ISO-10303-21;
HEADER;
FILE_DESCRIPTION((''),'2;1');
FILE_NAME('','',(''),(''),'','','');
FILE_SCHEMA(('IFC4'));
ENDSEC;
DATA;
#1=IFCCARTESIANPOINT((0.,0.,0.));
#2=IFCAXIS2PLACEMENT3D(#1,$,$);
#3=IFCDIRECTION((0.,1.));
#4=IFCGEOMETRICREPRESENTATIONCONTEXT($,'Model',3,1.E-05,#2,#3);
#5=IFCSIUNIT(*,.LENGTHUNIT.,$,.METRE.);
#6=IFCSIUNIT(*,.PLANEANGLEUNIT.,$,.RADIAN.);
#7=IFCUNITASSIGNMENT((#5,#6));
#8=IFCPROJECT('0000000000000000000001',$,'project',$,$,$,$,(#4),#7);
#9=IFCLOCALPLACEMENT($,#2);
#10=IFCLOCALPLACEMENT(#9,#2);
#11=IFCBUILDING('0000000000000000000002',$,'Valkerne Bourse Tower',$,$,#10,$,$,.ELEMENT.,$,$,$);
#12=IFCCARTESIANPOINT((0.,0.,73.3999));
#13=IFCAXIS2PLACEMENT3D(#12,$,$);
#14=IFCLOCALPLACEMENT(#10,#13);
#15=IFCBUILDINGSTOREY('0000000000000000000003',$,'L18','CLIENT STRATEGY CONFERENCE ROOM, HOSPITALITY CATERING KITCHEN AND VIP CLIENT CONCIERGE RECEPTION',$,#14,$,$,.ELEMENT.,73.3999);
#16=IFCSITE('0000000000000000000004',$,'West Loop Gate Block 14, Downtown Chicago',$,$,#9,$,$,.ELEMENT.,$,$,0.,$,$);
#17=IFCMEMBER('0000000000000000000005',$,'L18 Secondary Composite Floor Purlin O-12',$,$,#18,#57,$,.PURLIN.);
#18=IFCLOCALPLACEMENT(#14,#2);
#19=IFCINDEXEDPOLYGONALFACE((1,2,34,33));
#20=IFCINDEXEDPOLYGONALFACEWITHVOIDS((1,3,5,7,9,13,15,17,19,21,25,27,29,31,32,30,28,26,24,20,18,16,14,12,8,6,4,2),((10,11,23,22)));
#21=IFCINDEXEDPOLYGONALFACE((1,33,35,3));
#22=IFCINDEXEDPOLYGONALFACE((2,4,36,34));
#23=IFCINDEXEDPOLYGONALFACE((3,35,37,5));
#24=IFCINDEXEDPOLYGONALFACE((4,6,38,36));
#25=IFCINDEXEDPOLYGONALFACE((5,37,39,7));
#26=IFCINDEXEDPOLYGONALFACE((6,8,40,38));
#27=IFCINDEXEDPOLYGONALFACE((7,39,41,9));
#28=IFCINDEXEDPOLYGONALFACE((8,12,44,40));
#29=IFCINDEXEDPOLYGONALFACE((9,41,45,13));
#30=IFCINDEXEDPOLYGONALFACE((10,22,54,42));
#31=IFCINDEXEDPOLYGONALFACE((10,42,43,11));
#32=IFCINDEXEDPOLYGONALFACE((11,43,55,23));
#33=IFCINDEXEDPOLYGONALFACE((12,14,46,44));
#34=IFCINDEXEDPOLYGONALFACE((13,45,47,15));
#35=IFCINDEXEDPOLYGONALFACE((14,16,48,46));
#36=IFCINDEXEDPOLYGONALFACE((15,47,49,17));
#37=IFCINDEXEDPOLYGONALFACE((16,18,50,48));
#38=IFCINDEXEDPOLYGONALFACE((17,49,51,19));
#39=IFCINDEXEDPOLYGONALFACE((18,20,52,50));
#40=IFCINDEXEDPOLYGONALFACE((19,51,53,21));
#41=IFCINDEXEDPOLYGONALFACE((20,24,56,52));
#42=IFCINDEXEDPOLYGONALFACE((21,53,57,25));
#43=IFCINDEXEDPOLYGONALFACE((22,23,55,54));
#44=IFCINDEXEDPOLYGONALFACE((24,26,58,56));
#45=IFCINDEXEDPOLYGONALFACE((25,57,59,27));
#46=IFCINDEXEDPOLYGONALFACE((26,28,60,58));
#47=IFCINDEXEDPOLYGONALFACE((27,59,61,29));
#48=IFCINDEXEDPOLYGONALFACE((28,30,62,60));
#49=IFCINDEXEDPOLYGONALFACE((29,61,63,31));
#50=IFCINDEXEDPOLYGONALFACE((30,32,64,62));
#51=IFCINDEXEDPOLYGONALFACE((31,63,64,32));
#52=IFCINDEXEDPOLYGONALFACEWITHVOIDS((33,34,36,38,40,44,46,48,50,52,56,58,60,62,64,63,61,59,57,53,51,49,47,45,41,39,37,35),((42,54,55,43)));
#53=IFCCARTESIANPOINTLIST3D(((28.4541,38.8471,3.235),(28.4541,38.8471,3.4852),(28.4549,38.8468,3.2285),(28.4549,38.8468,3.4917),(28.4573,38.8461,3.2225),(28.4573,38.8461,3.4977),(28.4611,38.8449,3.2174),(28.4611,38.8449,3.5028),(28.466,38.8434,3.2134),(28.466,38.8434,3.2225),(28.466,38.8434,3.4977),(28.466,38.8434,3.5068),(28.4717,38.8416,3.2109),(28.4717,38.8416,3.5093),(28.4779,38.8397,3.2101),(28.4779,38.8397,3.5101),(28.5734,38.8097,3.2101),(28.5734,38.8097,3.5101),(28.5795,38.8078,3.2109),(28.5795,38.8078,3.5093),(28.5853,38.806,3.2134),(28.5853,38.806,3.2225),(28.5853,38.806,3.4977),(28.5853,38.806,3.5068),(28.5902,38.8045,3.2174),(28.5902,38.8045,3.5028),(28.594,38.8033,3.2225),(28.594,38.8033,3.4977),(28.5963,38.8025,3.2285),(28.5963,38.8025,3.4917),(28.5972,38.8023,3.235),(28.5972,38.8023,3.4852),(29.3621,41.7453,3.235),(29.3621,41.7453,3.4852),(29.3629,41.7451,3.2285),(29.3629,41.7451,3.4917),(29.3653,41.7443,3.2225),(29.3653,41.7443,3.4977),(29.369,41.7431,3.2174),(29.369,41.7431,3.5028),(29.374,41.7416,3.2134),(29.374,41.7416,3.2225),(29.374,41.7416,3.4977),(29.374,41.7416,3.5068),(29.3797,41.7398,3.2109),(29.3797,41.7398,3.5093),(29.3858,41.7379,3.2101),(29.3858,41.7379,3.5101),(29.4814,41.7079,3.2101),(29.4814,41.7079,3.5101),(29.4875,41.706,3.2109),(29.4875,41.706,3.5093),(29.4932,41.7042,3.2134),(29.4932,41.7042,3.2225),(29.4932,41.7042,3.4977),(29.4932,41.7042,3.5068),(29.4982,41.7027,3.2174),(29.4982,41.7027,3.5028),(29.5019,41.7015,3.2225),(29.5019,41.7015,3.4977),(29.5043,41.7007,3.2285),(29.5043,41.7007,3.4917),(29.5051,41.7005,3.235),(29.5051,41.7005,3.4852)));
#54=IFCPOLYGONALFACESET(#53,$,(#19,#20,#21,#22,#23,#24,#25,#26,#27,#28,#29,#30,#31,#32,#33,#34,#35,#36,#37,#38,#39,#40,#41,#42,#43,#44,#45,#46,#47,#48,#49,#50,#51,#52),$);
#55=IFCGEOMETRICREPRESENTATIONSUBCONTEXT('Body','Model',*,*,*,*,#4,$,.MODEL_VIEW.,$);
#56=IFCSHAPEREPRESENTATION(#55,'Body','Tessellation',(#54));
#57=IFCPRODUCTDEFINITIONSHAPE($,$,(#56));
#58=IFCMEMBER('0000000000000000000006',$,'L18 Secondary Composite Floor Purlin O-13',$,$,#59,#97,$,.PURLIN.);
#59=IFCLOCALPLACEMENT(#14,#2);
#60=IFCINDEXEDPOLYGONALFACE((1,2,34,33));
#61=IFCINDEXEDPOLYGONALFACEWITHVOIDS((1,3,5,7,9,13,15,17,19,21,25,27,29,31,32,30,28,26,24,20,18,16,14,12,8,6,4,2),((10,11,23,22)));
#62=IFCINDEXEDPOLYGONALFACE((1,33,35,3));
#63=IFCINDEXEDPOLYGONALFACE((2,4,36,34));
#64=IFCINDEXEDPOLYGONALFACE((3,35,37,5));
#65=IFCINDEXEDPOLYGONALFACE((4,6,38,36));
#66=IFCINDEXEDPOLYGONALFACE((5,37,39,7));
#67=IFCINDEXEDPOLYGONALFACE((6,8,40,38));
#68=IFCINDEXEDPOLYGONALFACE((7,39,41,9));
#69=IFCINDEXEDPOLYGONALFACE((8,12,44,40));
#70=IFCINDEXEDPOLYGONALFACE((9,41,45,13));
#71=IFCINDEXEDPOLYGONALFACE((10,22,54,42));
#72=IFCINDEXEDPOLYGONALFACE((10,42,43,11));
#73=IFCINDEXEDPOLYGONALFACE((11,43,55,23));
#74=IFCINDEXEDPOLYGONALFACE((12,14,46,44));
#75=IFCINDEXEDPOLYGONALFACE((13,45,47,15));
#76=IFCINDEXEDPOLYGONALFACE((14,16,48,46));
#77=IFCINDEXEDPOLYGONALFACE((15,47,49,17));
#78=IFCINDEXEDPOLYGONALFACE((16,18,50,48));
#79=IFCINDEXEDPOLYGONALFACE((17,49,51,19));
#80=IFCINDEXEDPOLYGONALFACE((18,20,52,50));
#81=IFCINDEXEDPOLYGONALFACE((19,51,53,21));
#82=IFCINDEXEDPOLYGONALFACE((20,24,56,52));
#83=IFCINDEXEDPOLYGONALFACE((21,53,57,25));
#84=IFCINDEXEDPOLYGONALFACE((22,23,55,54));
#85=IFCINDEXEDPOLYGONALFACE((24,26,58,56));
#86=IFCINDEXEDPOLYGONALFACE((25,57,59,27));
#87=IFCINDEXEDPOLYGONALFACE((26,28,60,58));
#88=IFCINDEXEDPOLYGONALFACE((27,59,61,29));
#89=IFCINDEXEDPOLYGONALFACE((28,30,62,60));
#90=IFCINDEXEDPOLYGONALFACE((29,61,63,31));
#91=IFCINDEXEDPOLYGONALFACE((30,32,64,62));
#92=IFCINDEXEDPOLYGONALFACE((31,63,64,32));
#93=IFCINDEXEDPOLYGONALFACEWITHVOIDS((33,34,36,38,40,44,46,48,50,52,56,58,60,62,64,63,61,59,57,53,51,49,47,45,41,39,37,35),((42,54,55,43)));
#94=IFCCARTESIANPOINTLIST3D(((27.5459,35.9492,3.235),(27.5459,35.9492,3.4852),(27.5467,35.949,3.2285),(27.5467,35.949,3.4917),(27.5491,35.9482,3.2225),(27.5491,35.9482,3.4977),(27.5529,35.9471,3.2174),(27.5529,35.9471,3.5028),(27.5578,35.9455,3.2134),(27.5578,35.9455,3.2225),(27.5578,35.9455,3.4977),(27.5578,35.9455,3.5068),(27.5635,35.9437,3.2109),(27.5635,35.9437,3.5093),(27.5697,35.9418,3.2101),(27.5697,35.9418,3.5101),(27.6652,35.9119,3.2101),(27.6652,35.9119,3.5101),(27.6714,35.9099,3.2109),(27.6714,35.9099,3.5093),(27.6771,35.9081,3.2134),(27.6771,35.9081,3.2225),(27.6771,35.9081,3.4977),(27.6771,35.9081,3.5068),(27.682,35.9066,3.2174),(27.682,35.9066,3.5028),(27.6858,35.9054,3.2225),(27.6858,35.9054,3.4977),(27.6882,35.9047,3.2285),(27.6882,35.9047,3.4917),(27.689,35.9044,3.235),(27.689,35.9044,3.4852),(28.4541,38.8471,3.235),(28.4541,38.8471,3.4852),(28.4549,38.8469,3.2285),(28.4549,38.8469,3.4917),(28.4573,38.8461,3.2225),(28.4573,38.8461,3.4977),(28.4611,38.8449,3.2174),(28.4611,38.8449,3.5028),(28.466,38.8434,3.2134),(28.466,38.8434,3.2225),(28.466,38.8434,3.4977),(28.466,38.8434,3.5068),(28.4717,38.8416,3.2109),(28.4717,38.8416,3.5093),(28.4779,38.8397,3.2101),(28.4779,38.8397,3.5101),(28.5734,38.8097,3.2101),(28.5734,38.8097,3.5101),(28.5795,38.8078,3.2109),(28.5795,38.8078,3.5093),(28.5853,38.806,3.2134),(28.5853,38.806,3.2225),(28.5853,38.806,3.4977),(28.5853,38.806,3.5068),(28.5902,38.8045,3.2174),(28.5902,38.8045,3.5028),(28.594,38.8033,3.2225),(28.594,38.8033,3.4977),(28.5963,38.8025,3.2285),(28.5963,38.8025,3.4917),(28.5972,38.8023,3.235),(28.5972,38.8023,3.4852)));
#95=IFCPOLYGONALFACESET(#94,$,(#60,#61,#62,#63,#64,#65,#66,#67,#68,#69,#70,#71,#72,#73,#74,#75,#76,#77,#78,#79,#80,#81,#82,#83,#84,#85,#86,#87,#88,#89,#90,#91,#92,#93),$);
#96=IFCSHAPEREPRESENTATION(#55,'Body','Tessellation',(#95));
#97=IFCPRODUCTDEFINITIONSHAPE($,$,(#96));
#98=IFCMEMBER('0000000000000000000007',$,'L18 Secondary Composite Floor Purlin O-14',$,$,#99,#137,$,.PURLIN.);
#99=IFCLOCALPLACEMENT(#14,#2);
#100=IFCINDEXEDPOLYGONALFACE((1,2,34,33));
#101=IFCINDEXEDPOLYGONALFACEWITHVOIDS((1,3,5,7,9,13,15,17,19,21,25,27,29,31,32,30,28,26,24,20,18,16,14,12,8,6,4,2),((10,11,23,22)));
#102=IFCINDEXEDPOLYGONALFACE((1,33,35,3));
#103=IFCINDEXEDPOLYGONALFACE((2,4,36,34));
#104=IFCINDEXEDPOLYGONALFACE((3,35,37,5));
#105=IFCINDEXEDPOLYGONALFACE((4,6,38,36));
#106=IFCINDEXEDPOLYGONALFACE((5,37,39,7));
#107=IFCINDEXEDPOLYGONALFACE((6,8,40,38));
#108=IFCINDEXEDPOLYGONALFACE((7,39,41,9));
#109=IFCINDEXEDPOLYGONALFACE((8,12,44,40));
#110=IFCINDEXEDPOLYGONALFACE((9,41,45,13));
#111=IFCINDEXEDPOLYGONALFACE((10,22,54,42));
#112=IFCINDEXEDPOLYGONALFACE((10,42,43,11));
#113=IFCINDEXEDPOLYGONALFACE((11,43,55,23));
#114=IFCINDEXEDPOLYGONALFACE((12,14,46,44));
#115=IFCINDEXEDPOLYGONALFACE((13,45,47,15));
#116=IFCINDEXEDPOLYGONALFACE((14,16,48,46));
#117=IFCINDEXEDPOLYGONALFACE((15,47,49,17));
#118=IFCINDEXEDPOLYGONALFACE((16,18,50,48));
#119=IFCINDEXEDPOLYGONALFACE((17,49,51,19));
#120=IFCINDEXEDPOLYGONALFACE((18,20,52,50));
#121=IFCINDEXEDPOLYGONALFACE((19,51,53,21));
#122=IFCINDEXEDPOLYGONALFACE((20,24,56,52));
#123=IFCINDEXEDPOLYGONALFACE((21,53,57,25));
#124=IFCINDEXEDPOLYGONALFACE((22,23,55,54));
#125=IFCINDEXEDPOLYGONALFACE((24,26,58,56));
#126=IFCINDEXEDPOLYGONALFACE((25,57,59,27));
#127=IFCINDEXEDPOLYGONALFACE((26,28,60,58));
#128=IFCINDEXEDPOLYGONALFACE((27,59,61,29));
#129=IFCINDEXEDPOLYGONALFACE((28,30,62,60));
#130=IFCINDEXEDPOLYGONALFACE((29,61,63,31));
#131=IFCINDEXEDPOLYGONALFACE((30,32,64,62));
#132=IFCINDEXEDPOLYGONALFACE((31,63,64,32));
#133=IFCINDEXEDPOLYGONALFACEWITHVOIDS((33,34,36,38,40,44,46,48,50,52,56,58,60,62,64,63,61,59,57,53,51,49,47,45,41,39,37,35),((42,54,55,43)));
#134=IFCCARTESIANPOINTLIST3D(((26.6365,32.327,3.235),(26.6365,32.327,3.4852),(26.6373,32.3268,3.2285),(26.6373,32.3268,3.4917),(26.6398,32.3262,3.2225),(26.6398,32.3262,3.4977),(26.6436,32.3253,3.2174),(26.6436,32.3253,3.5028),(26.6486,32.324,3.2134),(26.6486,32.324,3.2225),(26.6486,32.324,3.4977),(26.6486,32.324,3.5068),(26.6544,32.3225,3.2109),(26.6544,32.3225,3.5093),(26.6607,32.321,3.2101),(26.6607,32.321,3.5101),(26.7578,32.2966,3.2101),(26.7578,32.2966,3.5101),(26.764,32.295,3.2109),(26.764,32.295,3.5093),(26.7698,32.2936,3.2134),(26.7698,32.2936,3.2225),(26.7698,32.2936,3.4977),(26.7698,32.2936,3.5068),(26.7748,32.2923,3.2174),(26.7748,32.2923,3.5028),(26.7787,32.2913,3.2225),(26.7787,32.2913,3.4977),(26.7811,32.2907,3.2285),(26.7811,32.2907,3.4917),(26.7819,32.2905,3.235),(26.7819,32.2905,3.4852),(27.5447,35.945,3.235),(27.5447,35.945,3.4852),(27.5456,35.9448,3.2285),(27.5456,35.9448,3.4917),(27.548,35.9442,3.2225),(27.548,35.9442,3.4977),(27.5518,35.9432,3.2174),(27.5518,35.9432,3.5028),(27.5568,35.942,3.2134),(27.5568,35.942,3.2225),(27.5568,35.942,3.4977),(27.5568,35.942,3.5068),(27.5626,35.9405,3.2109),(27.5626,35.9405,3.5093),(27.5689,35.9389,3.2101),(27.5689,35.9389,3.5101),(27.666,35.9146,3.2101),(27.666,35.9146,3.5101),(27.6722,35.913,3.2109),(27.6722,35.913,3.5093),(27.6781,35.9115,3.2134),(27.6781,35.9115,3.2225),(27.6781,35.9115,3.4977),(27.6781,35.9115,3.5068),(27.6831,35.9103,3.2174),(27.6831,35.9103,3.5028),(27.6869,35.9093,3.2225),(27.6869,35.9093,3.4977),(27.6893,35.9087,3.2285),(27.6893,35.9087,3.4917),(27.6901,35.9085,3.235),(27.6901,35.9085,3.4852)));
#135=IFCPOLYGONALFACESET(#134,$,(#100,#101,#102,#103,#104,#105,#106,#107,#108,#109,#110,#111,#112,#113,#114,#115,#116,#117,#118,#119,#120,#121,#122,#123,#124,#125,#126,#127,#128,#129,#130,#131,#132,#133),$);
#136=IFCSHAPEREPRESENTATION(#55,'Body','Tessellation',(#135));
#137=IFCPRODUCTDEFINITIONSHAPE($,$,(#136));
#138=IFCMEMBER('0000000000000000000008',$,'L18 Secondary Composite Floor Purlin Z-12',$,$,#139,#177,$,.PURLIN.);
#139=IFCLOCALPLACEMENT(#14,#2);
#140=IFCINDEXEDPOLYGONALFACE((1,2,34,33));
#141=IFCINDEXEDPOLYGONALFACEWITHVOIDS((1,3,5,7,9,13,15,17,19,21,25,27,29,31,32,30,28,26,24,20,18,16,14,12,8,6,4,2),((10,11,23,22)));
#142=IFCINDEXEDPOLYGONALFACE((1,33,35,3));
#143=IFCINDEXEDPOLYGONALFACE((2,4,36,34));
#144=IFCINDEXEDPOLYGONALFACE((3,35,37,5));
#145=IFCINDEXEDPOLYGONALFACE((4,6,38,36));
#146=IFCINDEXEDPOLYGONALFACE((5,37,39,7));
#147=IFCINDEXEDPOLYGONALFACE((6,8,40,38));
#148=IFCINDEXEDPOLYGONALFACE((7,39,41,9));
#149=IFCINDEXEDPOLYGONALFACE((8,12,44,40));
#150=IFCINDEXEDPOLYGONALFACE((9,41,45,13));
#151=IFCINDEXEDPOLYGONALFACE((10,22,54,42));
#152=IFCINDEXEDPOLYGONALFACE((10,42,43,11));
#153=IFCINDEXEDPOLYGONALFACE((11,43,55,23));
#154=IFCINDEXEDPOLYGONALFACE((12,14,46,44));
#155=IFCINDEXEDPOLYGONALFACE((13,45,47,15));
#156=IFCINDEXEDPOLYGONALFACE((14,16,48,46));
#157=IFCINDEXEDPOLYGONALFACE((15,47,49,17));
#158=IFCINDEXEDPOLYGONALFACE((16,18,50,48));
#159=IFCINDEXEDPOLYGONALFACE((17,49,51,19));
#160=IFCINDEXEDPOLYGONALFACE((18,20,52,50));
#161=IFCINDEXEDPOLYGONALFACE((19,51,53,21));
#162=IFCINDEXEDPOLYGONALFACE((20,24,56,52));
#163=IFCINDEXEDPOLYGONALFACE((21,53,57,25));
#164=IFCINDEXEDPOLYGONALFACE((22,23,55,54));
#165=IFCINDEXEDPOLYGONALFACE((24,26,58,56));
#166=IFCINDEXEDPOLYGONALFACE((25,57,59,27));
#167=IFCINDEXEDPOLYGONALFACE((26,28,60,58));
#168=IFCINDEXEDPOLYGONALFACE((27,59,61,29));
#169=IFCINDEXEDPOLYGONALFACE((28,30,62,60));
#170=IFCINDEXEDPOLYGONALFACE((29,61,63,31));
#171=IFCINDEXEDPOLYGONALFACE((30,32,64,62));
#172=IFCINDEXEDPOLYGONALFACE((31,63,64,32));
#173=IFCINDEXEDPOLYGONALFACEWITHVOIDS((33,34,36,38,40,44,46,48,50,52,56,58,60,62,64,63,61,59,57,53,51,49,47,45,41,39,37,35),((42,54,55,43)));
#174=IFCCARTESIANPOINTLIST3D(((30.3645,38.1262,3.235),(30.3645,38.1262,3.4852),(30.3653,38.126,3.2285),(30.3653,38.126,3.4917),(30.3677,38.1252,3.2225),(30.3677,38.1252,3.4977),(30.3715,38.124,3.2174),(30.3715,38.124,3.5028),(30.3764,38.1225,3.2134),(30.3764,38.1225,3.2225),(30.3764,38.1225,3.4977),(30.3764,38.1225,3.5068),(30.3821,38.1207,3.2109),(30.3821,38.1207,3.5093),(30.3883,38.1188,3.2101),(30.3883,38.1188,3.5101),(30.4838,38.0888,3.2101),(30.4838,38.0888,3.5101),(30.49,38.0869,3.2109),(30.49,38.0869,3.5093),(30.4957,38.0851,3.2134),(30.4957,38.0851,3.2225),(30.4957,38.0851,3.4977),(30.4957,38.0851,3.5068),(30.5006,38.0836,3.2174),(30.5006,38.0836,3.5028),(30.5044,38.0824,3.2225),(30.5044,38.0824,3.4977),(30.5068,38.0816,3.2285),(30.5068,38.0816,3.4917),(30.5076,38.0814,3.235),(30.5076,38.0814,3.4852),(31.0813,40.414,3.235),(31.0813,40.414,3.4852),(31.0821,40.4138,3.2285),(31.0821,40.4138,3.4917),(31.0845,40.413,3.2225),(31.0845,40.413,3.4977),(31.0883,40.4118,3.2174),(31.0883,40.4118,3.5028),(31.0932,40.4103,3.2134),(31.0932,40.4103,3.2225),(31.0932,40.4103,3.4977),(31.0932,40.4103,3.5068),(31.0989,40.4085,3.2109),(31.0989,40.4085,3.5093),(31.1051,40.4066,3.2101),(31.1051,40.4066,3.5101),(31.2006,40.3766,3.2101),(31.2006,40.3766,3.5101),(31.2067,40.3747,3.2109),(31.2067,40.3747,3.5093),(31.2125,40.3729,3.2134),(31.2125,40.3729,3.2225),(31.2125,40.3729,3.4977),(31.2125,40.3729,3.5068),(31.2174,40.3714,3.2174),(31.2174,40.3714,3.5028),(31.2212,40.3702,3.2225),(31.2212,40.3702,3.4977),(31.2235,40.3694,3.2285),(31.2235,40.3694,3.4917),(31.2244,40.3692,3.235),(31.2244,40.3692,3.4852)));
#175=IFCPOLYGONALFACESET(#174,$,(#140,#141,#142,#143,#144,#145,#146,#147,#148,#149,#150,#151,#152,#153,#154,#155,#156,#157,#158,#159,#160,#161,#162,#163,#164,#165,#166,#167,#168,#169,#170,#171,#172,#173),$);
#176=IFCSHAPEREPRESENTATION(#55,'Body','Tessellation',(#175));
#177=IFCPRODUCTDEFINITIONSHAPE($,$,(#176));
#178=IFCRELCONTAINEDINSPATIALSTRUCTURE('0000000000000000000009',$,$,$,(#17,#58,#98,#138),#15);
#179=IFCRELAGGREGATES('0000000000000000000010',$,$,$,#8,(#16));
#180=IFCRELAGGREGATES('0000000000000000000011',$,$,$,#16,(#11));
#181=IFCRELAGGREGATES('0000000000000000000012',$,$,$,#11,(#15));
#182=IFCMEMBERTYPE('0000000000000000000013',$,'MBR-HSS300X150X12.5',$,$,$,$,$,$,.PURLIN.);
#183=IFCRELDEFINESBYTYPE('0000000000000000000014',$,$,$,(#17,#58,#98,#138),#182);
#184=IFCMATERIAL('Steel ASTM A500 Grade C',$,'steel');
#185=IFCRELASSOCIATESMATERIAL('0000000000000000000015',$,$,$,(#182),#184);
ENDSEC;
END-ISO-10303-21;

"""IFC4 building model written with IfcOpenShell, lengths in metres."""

from ifc_helpers import new_model, si_unit, direction, frame, origin, origin_2d, place, context, subcontext, project, spatial, hollow_rectangle, extrude, material, material_profile, profile_set, type_object, element, save


model = new_model("IFC4")

# Units and contexts
model_context = context("Model", 3, precision=1e-05, world=origin(), true_north=direction((0.0, 1.0)))
body_context = subcontext(model_context, "Body", "Model", "MODEL_VIEW")
ifc_project = project(units=[si_unit("LENGTHUNIT", "METRE"), si_unit("PLANEANGLEUNIT", "RADIAN")], contexts=[model_context])

# Site, building, storey
site_placement = place(None, origin())
site = spatial("IfcSite", under=ifc_project, at=site_placement, Name="West Loop Gate Block 14, Downtown Chicago", CompositionType="ELEMENT", RefElevation=0.0)
building_placement = place(site_placement, origin())
building = spatial("IfcBuilding", under=site, at=building_placement, Name="Valkerne Bourse Tower", CompositionType="ELEMENT")
storey_placement = place(building_placement, frame((0.0, 0.0, 73.3999)))
storey = spatial("IfcBuildingStorey", under=building, at=storey_placement, Name="L18", Description="CLIENT STRATEGY CONFERENCE ROOM, HOSPITALITY CATERING KITCHEN AND VIP CLIENT CONCIERGE RECEPTION", CompositionType="ELEMENT", Elevation=73.3999)

# Members
ifc_material_1 = material(Name="Steel ASTM A500 Grade C", Category="steel")
ifc_material_profile_1 = material_profile(ifc_material_1, hollow_rectangle(XDim=0.1499, YDim=0.3, WallThickness=0.0125, OuterFilletRadius=0.0249, at=origin_2d()), Name="HSS300X150X12.5")
ifc_profile_set_1 = profile_set([ifc_material_profile_1], Name="Steel ASTM A500 Grade C")
member_type_1 = type_object("IfcMemberType", Name="MBR-HSS300X150X12.5", PredefinedType="PURLIN", material=ifc_profile_set_1)
member_1_placement = place(storey_placement, frame((29.4336, 41.7229, 3.3601), z_axis=(-0.298957, -0.954267, 0.0), x_axis=(0.954267, -0.298957, 0.0)))
element("IfcMember", 1, at=member_1_placement, inside=storey, type_object=member_type_1, Name="L18 Secondary Composite Floor Purlin O-12", PredefinedType="PURLIN", context=body_context, shape_type="SweptSolid", body=[
    extrude(hollow_rectangle(XDim=0.1499, YDim=0.3, WallThickness=0.0125, OuterFilletRadius=0.0249, at=origin_2d()), origin(), (0.0, 0.0, 1.0), 3.0371),
])
member_2_placement = place(storey_placement, frame((28.5256, 38.8247, 3.3601), z_axis=(-0.299053, -0.954236, 0.0), x_axis=(0.954236, -0.299053, 0.0)))
element("IfcMember", 2, at=member_2_placement, inside=storey, type_object=member_type_1, Name="L18 Secondary Composite Floor Purlin O-13", PredefinedType="PURLIN", context=body_context, shape_type="SweptSolid", body=[
    extrude(hollow_rectangle(XDim=0.1499, YDim=0.3, WallThickness=0.0125, OuterFilletRadius=0.0249, at=origin_2d()), origin(), (0.0, 0.0, 1.0), 3.0369),
])
member_3_placement = place(storey_placement, frame((27.6174, 35.9268, 3.3601), z_axis=(-0.243475, -0.969907, 0.0), x_axis=(0.969907, -0.243475, 0.0)))
element("IfcMember", 3, at=member_3_placement, inside=storey, type_object=member_type_1, Name="L18 Secondary Composite Floor Purlin O-14", PredefinedType="PURLIN", context=body_context, shape_type="SweptSolid", body=[
    extrude(hollow_rectangle(XDim=0.1499, YDim=0.3, WallThickness=0.0125, OuterFilletRadius=0.0249, at=origin_2d()), origin(), (0.0, 0.0, 1.0), 3.7302),
])
for number, where, z_axis, x_axis, name in (
    (4, (31.1528, 40.3916, 3.3601), (-0.298976, -0.95426, 0.0), (0.95426, -0.298976, 0.0), "L18 Secondary Composite Floor Purlin Z-12"),
):
    element("IfcMember", number, at=place(storey_placement, frame(where, z_axis=z_axis, x_axis=x_axis)), inside=storey, type_object=member_type_1, Name=name, PredefinedType="PURLIN", context=body_context, shape_type="SweptSolid", body=[
        extrude(hollow_rectangle(XDim=0.1499, YDim=0.3, WallThickness=0.0125, OuterFilletRadius=0.0249, at=origin_2d()), origin(), (0.0, 0.0, 1.0), 2.3975),
    ])

save(model, "model.ifc")
